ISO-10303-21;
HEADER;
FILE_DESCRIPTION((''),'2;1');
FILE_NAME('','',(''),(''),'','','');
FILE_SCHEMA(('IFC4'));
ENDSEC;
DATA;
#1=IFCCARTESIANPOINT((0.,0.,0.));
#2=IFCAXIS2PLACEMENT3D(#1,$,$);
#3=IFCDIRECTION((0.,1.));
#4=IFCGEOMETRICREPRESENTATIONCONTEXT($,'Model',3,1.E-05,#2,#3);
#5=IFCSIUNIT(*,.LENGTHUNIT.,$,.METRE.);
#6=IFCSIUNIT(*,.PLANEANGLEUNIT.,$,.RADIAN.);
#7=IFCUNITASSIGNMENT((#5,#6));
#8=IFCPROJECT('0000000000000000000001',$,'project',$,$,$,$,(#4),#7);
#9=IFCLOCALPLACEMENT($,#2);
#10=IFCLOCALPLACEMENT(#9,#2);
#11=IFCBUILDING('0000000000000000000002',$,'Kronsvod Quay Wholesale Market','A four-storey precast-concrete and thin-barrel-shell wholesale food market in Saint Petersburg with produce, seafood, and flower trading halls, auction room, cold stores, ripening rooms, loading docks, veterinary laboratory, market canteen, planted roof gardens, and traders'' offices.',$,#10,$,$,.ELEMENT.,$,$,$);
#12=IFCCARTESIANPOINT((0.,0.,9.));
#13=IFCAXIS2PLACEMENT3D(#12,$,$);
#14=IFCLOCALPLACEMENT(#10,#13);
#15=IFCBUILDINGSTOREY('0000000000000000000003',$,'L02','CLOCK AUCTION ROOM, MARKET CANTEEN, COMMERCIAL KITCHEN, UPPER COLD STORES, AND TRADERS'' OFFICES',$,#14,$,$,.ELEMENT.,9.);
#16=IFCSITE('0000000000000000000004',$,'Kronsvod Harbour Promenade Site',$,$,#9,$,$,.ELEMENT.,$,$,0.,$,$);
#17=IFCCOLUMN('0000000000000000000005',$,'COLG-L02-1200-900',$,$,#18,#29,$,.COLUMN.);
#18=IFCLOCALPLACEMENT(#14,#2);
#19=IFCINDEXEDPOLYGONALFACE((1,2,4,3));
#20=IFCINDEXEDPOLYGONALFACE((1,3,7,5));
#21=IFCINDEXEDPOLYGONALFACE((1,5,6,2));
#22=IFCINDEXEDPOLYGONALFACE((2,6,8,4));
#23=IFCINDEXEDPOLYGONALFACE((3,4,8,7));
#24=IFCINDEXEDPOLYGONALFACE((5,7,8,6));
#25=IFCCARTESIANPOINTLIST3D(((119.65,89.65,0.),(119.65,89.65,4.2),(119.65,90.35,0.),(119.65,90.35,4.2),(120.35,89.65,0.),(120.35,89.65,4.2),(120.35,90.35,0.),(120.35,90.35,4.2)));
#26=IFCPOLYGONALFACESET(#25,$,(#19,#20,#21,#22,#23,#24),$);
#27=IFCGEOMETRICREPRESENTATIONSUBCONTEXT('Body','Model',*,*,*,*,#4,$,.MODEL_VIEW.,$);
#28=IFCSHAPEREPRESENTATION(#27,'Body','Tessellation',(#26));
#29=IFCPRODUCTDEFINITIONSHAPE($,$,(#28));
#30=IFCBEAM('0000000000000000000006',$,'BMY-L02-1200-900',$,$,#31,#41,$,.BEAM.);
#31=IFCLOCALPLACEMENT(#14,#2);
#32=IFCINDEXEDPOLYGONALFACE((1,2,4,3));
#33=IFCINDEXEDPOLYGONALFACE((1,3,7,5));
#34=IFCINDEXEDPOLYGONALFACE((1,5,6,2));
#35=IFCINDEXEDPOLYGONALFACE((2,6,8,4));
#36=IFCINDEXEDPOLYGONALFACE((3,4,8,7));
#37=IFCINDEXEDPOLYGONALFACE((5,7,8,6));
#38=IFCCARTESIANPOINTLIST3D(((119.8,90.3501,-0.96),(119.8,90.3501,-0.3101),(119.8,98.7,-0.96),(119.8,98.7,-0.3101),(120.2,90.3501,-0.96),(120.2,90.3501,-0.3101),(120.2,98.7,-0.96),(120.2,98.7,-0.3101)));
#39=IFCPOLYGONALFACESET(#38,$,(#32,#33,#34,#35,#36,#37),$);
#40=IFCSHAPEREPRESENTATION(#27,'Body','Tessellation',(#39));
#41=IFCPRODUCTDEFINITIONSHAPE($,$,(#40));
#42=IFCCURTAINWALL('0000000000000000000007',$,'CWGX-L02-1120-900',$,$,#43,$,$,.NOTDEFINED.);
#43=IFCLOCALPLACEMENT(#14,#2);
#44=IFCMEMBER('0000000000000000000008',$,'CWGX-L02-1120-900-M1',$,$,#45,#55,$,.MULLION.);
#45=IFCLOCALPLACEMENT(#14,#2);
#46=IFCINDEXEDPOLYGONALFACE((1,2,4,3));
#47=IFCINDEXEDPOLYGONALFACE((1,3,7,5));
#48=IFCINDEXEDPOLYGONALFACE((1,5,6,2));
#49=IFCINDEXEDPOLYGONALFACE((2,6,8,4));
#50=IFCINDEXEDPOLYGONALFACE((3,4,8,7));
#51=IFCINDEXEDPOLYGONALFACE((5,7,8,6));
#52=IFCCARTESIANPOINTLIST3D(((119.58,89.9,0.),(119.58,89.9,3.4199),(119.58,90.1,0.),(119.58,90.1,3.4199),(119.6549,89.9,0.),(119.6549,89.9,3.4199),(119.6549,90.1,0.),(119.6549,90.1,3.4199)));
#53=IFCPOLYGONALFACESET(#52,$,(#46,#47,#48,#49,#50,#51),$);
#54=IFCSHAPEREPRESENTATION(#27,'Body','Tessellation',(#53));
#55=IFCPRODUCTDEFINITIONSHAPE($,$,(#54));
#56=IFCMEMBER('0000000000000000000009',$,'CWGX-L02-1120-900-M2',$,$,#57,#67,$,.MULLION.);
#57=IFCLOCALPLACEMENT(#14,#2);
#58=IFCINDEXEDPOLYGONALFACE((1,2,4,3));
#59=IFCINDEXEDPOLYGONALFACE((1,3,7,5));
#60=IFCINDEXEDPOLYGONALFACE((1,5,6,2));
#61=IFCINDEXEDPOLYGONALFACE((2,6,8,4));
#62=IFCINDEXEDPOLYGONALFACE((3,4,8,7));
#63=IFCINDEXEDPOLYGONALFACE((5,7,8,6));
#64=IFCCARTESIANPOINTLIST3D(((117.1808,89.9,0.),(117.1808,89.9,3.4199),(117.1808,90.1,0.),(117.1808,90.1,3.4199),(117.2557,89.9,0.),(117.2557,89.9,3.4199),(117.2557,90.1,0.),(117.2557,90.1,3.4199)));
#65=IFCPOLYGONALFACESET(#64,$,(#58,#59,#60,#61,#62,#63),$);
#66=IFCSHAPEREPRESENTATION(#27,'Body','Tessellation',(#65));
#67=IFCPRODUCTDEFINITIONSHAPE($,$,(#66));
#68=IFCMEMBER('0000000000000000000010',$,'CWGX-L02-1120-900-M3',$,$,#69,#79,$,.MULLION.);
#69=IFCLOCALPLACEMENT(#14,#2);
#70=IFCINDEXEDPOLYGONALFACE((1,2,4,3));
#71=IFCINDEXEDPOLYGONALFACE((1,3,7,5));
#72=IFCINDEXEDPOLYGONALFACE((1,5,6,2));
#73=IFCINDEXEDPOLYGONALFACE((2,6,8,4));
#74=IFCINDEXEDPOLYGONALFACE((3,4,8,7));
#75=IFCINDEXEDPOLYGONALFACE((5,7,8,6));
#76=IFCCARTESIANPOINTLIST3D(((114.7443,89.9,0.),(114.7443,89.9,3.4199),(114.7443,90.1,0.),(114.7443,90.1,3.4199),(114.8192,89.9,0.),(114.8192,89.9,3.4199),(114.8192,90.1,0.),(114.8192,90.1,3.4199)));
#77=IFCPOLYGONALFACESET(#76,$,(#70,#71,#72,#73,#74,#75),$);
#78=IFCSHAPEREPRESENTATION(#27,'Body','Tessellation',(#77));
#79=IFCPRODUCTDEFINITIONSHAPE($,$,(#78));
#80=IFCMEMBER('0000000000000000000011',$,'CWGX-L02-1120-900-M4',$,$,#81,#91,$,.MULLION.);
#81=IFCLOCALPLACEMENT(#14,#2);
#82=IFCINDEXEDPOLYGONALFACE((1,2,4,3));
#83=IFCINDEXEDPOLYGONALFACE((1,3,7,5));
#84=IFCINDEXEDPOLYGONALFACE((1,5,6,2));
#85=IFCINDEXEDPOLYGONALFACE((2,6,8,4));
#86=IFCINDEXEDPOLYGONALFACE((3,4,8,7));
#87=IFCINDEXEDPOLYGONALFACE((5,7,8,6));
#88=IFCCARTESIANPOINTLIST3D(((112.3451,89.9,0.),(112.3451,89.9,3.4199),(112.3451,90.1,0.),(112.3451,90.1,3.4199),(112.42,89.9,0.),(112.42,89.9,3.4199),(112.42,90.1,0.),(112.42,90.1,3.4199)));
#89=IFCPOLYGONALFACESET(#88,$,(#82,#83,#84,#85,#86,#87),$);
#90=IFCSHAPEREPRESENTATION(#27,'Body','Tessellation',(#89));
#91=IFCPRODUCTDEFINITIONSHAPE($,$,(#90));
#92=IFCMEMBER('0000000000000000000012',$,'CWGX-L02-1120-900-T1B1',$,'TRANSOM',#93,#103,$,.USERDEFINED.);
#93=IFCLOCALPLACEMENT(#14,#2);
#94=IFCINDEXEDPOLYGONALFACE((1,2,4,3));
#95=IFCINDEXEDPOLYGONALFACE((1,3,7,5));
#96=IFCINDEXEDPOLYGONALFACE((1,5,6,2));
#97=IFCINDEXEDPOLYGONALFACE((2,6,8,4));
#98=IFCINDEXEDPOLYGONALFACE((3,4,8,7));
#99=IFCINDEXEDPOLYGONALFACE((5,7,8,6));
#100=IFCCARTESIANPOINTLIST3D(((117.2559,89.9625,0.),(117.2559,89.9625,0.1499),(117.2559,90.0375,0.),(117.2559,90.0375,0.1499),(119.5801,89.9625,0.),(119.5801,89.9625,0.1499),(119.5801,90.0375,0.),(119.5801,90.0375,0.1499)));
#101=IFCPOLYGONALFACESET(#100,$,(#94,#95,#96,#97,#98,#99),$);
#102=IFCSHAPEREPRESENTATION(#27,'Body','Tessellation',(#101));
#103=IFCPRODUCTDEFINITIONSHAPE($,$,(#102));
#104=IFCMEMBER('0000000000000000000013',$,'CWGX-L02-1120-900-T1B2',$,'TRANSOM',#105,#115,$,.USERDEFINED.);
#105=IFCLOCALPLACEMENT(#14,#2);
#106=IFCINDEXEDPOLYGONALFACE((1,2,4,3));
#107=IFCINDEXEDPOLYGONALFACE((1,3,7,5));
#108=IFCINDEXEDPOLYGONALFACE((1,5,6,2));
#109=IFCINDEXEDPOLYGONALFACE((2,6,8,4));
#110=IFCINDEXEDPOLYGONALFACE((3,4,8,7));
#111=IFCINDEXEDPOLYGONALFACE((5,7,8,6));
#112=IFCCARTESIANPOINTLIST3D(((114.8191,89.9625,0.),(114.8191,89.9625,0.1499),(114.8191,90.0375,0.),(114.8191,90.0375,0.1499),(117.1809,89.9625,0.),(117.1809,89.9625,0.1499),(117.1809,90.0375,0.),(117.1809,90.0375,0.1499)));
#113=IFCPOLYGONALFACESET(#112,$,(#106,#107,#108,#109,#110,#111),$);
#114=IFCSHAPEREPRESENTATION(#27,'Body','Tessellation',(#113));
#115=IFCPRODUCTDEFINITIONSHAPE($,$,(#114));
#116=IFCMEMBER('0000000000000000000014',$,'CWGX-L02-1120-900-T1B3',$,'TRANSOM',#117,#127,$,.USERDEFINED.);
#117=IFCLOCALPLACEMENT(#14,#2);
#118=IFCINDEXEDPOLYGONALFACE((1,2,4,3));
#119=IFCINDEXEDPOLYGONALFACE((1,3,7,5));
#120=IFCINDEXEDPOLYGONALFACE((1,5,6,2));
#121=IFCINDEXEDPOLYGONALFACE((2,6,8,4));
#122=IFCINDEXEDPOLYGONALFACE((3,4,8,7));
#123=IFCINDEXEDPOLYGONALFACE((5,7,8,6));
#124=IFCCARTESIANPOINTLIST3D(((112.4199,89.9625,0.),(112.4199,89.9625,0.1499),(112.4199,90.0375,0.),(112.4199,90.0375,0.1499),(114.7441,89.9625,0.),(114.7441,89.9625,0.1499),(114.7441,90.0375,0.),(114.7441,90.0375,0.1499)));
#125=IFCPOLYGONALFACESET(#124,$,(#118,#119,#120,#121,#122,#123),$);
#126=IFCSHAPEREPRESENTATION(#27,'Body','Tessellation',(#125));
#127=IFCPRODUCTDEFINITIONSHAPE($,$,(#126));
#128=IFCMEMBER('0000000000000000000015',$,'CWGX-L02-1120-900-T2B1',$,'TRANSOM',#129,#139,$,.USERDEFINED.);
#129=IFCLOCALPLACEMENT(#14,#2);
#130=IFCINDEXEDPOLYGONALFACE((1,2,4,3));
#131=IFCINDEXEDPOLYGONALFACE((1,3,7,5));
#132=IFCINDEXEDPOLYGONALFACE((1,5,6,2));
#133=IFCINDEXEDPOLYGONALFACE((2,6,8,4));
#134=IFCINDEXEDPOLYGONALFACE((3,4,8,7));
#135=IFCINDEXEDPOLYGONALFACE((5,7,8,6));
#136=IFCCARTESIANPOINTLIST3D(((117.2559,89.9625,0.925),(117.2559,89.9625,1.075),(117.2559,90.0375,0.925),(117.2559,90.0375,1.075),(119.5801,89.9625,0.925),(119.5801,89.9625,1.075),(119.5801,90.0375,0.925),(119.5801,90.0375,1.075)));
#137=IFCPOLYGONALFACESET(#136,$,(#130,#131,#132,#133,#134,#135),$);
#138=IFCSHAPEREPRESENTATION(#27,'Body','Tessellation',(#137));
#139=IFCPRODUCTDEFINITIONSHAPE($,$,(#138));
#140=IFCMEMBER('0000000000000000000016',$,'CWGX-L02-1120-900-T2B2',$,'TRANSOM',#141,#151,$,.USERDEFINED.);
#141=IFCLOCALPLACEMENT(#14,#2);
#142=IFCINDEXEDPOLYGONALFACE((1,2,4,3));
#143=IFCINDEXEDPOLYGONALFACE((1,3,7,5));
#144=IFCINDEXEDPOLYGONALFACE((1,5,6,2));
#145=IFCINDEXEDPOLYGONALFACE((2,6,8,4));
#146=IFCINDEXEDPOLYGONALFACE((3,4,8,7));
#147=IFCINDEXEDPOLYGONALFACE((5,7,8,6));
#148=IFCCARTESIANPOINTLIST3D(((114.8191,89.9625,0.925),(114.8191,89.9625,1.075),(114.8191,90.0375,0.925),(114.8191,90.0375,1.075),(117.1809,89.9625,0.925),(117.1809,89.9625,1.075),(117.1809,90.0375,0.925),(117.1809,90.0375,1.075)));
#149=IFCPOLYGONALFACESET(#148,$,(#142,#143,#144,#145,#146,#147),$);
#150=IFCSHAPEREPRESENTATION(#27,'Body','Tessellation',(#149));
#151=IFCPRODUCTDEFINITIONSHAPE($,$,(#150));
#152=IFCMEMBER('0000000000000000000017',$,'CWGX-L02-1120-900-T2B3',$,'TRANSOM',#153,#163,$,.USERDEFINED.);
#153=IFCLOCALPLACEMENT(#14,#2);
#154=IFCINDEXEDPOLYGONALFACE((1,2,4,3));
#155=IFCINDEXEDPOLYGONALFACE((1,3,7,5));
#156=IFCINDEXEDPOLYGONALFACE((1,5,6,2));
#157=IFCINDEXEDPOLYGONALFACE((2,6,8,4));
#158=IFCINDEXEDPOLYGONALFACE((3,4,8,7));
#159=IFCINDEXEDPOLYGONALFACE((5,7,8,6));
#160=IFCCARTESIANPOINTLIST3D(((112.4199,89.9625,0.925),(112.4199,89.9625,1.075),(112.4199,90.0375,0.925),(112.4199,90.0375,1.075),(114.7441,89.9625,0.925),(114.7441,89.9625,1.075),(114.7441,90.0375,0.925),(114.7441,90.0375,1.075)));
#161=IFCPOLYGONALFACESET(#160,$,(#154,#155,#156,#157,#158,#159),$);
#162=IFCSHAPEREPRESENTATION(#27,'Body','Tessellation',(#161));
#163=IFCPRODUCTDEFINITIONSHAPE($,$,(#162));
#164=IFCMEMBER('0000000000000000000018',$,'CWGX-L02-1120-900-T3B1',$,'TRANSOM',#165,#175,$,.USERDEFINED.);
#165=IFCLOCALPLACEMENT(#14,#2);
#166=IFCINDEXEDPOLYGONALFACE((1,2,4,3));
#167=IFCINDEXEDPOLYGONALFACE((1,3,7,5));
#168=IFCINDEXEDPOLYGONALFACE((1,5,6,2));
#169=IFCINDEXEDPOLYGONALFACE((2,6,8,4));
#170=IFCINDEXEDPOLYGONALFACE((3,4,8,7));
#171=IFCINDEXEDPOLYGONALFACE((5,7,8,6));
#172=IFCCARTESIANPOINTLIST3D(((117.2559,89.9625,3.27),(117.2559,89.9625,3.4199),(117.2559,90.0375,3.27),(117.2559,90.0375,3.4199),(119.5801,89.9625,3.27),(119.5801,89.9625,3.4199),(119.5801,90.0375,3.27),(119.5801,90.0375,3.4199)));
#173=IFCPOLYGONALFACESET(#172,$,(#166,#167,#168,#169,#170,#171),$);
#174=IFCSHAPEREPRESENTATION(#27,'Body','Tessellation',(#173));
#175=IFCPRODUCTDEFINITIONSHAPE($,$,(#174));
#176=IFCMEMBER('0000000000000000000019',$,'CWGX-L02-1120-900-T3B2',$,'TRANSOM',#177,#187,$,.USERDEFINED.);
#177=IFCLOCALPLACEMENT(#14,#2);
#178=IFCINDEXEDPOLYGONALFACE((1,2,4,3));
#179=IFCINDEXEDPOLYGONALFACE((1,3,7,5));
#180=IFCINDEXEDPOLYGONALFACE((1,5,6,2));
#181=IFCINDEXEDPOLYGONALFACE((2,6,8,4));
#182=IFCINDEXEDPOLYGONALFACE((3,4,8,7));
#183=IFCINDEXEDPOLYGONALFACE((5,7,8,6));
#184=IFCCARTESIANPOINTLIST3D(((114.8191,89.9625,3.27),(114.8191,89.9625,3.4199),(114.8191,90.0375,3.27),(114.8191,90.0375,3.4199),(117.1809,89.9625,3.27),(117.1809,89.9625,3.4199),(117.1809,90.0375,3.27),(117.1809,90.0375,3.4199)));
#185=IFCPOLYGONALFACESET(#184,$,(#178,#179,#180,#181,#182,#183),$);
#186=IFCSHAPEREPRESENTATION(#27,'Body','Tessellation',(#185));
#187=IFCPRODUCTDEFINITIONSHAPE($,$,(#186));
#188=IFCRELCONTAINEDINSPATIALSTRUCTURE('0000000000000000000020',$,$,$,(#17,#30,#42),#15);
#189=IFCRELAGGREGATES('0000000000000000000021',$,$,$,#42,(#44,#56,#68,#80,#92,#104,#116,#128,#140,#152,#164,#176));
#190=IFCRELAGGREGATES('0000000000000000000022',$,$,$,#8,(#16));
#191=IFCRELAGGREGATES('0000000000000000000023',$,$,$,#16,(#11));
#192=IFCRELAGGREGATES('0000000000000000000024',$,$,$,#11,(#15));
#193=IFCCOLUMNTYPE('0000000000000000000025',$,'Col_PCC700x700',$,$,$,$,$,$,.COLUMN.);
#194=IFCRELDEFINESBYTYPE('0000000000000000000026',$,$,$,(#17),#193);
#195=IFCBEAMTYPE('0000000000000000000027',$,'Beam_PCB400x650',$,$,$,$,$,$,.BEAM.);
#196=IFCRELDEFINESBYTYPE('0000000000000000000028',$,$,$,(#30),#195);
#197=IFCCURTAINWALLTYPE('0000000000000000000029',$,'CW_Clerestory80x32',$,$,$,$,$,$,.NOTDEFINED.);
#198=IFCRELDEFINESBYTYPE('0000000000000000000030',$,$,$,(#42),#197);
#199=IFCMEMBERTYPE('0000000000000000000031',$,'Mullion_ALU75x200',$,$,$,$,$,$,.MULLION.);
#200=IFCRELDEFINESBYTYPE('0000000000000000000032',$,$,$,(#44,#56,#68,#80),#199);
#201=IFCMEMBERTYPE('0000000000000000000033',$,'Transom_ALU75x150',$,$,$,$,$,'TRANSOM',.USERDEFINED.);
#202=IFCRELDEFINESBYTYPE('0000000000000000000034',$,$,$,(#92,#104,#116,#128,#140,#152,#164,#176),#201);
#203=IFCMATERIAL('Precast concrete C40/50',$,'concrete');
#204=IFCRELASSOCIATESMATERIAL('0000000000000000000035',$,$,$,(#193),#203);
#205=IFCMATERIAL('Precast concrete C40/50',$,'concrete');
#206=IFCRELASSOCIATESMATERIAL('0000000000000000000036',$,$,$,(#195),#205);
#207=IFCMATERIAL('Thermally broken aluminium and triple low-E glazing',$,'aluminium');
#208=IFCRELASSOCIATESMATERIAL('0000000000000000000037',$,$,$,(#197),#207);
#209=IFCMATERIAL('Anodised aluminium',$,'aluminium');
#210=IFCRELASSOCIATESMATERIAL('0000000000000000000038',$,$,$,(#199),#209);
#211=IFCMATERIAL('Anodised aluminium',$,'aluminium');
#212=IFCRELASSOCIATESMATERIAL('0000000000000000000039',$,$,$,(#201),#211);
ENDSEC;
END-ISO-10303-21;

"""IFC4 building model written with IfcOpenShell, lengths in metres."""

from ifc_helpers import new_model, si_unit, direction, frame, origin, origin_2d, place, context, subcontext, project, spatial, rectangle, extrude, material, material_profile, profile_set, type_object, element, aggregate, save


model = new_model("IFC4")

# Units and contexts
model_context = context("Model", 3, precision=1e-05, world=origin(), true_north=direction((0.0, 1.0)))
body_context = subcontext(model_context, "Body", "Model", "MODEL_VIEW")
ifc_project = project(units=[si_unit("LENGTHUNIT", "METRE"), si_unit("PLANEANGLEUNIT", "RADIAN")], contexts=[model_context])

# Site, building, storey
site_placement = place(None, origin())
site = spatial("IfcSite", under=ifc_project, at=site_placement, Name="Kronsvod Harbour Promenade Site", CompositionType="ELEMENT", RefElevation=0.0)
building_placement = place(site_placement, origin())
building = spatial("IfcBuilding", under=site, at=building_placement, Name="Kronsvod Quay Wholesale Market", Description="A four-storey precast-concrete and thin-barrel-shell wholesale food market in Saint Petersburg with produce, seafood, and flower trading halls, auction room, cold stores, ripening rooms, loading docks, veterinary laboratory, market canteen, planted roof gardens, and traders' offices.", CompositionType="ELEMENT")
storey_placement = place(building_placement, frame((0.0, 0.0, 9.0)))
storey = spatial("IfcBuildingStorey", under=building, at=storey_placement, Name="L02", Description="CLOCK AUCTION ROOM, MARKET CANTEEN, COMMERCIAL KITCHEN, UPPER COLD STORES, AND TRADERS' OFFICES", CompositionType="ELEMENT", Elevation=9.0)

# Column
ifc_material_1 = material(Name="Precast concrete C40/50", Category="concrete")
ifc_material_profile_1 = material_profile(ifc_material_1, rectangle(XDim=0.7, YDim=0.7, at=origin_2d()), Name="PCC700x700")
ifc_profile_set_1 = profile_set([ifc_material_profile_1], Name="Precast concrete C40/50")
column_type = type_object("IfcColumnType", Name="Col_PCC700x700", PredefinedType="COLUMN", material=ifc_profile_set_1)
column_placement = place(storey_placement, frame((120.0, 90.0, 0.0), z_axis=(0.0, 0.0, 1.0), x_axis=(1.0, 0.0, 0.0)))
element("IfcColumn", 1, at=column_placement, inside=storey, type_object=column_type, Name="COLG-L02-1200-900", PredefinedType="COLUMN", context=body_context, shape_type="SweptSolid", body=[
    extrude(rectangle(XDim=0.7, YDim=0.7, at=origin_2d()), origin(), (0.0, 0.0, 1.0), 4.2),
])

# Beam
ifc_material_2 = material(Name="Precast concrete C40/50", Category="concrete")
ifc_material_profile_2 = material_profile(ifc_material_2, rectangle(XDim=0.3999, YDim=0.6499, at=origin_2d()), Name="PCB400x650")
ifc_profile_set_2 = profile_set([ifc_material_profile_2], Name="Precast concrete C40/50")
beam_type = type_object("IfcBeamType", Name="Beam_PCB400x650", PredefinedType="BEAM", material=ifc_profile_set_2)
beam_placement = place(storey_placement, frame((120.0, 90.3501, -0.635), z_axis=(0.0, 1.0, 0.0), x_axis=(-1.0, 0.0, 0.0)))
element("IfcBeam", 2, at=beam_placement, inside=storey, type_object=beam_type, Name="BMY-L02-1200-900", PredefinedType="BEAM", context=body_context, shape_type="SweptSolid", body=[
    extrude(rectangle(XDim=0.3999, YDim=0.6499, at=origin_2d()), origin(), (0.0, 0.0, 1.0), 8.3499),
])

# Curtain wall, members
ifc_material_3 = material(Name="Thermally broken aluminium and triple low-E glazing", Category="aluminium")
curtain_wall_type = type_object("IfcCurtainWallType", Name="CW_Clerestory80x32", PredefinedType="NOTDEFINED", material=ifc_material_3)
curtain_wall_placement = place(storey_placement, origin())
curtain_wall = element("IfcCurtainWall", 3, at=curtain_wall_placement, inside=storey, type_object=curtain_wall_type, Name="CWGX-L02-1120-900", PredefinedType="NOTDEFINED")
ifc_material_4 = material(Name="Anodised aluminium", Category="aluminium")
ifc_material_profile_3 = material_profile(ifc_material_4, rectangle(XDim=0.075, YDim=0.2, at=origin_2d()), Name="ALUM75x200")
ifc_profile_set_3 = profile_set([ifc_material_profile_3], Name="Anodised aluminium")
member_type_1 = type_object("IfcMemberType", Name="Mullion_ALU75x200", PredefinedType="MULLION", material=ifc_profile_set_3)
member_1_placement = place(storey_placement, frame((119.6174, 90.0, 0.0), z_axis=(0.0, 0.0, 1.0), x_axis=(1.0, 0.0, 0.0)))
member_1 = element("IfcMember", 4, at=member_1_placement, type_object=member_type_1, Name="CWGX-L02-1120-900-M1", PredefinedType="MULLION", context=body_context, shape_type="SweptSolid", body=[
    extrude(rectangle(XDim=0.075, YDim=0.2, at=origin_2d()), origin(), (0.0, 0.0, 1.0), 3.4199),
])
member_2_placement = place(storey_placement, frame((117.2183, 90.0, 0.0), z_axis=(0.0, 0.0, 1.0), x_axis=(1.0, 0.0, 0.0)))
member_2 = element("IfcMember", 5, at=member_2_placement, type_object=member_type_1, Name="CWGX-L02-1120-900-M2", PredefinedType="MULLION", context=body_context, shape_type="SweptSolid", body=[
    extrude(rectangle(XDim=0.075, YDim=0.2, at=origin_2d()), origin(), (0.0, 0.0, 1.0), 3.4199),
])
member_3_placement = place(storey_placement, frame((114.7817, 90.0, 0.0), z_axis=(0.0, 0.0, 1.0), x_axis=(1.0, 0.0, 0.0)))
member_3 = element("IfcMember", 6, at=member_3_placement, type_object=member_type_1, Name="CWGX-L02-1120-900-M3", PredefinedType="MULLION", context=body_context, shape_type="SweptSolid", body=[
    extrude(rectangle(XDim=0.075, YDim=0.2, at=origin_2d()), origin(), (0.0, 0.0, 1.0), 3.4199),
])
member_4_placement = place(storey_placement, frame((112.3826, 90.0, 0.0), z_axis=(0.0, 0.0, 1.0), x_axis=(1.0, 0.0, 0.0)))
member_4 = element("IfcMember", 7, at=member_4_placement, type_object=member_type_1, Name="CWGX-L02-1120-900-M4", PredefinedType="MULLION", context=body_context, shape_type="SweptSolid", body=[
    extrude(rectangle(XDim=0.075, YDim=0.2, at=origin_2d()), origin(), (0.0, 0.0, 1.0), 3.4199),
])
ifc_material_5 = material(Name="Anodised aluminium", Category="aluminium")
ifc_material_profile_4 = material_profile(ifc_material_5, rectangle(XDim=0.075, YDim=0.1499, at=origin_2d()), Name="ALUT75x150")
ifc_profile_set_4 = profile_set([ifc_material_profile_4], Name="Anodised aluminium")
member_type_2 = type_object("IfcMemberType", Name="Transom_ALU75x150", ElementType="TRANSOM", PredefinedType="USERDEFINED", material=ifc_profile_set_4)
member_5_placement = place(storey_placement, frame((119.5801, 90.0, 0.075), z_axis=(-1.0, 0.0, 0.0), x_axis=(0.0, -1.0, 0.0)))
member_5 = element("IfcMember", 8, at=member_5_placement, type_object=member_type_2, Name="CWGX-L02-1120-900-T1B1", ObjectType="TRANSOM", PredefinedType="USERDEFINED", context=body_context, shape_type="SweptSolid", body=[
    extrude(rectangle(XDim=0.075, YDim=0.1499, at=origin_2d()), origin(), (0.0, 0.0, 1.0), 2.3242),
])
member_6_placement = place(storey_placement, frame((117.1809, 90.0, 0.075), z_axis=(-1.0, 0.0, 0.0), x_axis=(0.0, -1.0, 0.0)))
member_6 = element("IfcMember", 9, at=member_6_placement, type_object=member_type_2, Name="CWGX-L02-1120-900-T1B2", ObjectType="TRANSOM", PredefinedType="USERDEFINED", context=body_context, shape_type="SweptSolid", body=[
    extrude(rectangle(XDim=0.075, YDim=0.1499, at=origin_2d()), origin(), (0.0, 0.0, 1.0), 2.3618),
])
member_7_placement = place(storey_placement, frame((114.7441, 90.0, 0.075), z_axis=(-1.0, 0.0, 0.0), x_axis=(0.0, -1.0, 0.0)))
member_7 = element("IfcMember", 10, at=member_7_placement, type_object=member_type_2, Name="CWGX-L02-1120-900-T1B3", ObjectType="TRANSOM", PredefinedType="USERDEFINED", context=body_context, shape_type="SweptSolid", body=[
    extrude(rectangle(XDim=0.075, YDim=0.1499, at=origin_2d()), origin(), (0.0, 0.0, 1.0), 2.3242),
])
member_8_placement = place(storey_placement, frame((119.5801, 90.0, 1.0), z_axis=(-1.0, 0.0, 0.0), x_axis=(0.0, -1.0, 0.0)))
member_8 = element("IfcMember", 11, at=member_8_placement, type_object=member_type_2, Name="CWGX-L02-1120-900-T2B1", ObjectType="TRANSOM", PredefinedType="USERDEFINED", context=body_context, shape_type="SweptSolid", body=[
    extrude(rectangle(XDim=0.075, YDim=0.1499, at=origin_2d()), origin(), (0.0, 0.0, 1.0), 2.3242),
])
member_9_placement = place(storey_placement, frame((117.1809, 90.0, 1.0), z_axis=(-1.0, 0.0, 0.0), x_axis=(0.0, -1.0, 0.0)))
member_9 = element("IfcMember", 12, at=member_9_placement, type_object=member_type_2, Name="CWGX-L02-1120-900-T2B2", ObjectType="TRANSOM", PredefinedType="USERDEFINED", context=body_context, shape_type="SweptSolid", body=[
    extrude(rectangle(XDim=0.075, YDim=0.1499, at=origin_2d()), origin(), (0.0, 0.0, 1.0), 2.3618),
])
member_10_placement = place(storey_placement, frame((114.7441, 90.0, 1.0), z_axis=(-1.0, 0.0, 0.0), x_axis=(0.0, -1.0, 0.0)))
member_10 = element("IfcMember", 13, at=member_10_placement, type_object=member_type_2, Name="CWGX-L02-1120-900-T2B3", ObjectType="TRANSOM", PredefinedType="USERDEFINED", context=body_context, shape_type="SweptSolid", body=[
    extrude(rectangle(XDim=0.075, YDim=0.1499, at=origin_2d()), origin(), (0.0, 0.0, 1.0), 2.3242),
])
member_11_placement = place(storey_placement, frame((119.5801, 90.0, 3.345), z_axis=(-1.0, 0.0, 0.0), x_axis=(0.0, -1.0, 0.0)))
member_11 = element("IfcMember", 14, at=member_11_placement, type_object=member_type_2, Name="CWGX-L02-1120-900-T3B1", ObjectType="TRANSOM", PredefinedType="USERDEFINED", context=body_context, shape_type="SweptSolid", body=[
    extrude(rectangle(XDim=0.075, YDim=0.1499, at=origin_2d()), origin(), (0.0, 0.0, 1.0), 2.3242),
])
member_12_placement = place(storey_placement, frame((117.1809, 90.0, 3.345), z_axis=(-1.0, 0.0, 0.0), x_axis=(0.0, -1.0, 0.0)))
member_12 = element("IfcMember", 15, at=member_12_placement, type_object=member_type_2, Name="CWGX-L02-1120-900-T3B2", ObjectType="TRANSOM", PredefinedType="USERDEFINED", context=body_context, shape_type="SweptSolid", body=[
    extrude(rectangle(XDim=0.075, YDim=0.1499, at=origin_2d()), origin(), (0.0, 0.0, 1.0), 2.3618),
])
aggregate(curtain_wall, [member_1, member_2, member_3, member_4, member_5, member_6, member_7, member_8, member_9, member_10, member_11, member_12])

save(model, "model.ifc")
